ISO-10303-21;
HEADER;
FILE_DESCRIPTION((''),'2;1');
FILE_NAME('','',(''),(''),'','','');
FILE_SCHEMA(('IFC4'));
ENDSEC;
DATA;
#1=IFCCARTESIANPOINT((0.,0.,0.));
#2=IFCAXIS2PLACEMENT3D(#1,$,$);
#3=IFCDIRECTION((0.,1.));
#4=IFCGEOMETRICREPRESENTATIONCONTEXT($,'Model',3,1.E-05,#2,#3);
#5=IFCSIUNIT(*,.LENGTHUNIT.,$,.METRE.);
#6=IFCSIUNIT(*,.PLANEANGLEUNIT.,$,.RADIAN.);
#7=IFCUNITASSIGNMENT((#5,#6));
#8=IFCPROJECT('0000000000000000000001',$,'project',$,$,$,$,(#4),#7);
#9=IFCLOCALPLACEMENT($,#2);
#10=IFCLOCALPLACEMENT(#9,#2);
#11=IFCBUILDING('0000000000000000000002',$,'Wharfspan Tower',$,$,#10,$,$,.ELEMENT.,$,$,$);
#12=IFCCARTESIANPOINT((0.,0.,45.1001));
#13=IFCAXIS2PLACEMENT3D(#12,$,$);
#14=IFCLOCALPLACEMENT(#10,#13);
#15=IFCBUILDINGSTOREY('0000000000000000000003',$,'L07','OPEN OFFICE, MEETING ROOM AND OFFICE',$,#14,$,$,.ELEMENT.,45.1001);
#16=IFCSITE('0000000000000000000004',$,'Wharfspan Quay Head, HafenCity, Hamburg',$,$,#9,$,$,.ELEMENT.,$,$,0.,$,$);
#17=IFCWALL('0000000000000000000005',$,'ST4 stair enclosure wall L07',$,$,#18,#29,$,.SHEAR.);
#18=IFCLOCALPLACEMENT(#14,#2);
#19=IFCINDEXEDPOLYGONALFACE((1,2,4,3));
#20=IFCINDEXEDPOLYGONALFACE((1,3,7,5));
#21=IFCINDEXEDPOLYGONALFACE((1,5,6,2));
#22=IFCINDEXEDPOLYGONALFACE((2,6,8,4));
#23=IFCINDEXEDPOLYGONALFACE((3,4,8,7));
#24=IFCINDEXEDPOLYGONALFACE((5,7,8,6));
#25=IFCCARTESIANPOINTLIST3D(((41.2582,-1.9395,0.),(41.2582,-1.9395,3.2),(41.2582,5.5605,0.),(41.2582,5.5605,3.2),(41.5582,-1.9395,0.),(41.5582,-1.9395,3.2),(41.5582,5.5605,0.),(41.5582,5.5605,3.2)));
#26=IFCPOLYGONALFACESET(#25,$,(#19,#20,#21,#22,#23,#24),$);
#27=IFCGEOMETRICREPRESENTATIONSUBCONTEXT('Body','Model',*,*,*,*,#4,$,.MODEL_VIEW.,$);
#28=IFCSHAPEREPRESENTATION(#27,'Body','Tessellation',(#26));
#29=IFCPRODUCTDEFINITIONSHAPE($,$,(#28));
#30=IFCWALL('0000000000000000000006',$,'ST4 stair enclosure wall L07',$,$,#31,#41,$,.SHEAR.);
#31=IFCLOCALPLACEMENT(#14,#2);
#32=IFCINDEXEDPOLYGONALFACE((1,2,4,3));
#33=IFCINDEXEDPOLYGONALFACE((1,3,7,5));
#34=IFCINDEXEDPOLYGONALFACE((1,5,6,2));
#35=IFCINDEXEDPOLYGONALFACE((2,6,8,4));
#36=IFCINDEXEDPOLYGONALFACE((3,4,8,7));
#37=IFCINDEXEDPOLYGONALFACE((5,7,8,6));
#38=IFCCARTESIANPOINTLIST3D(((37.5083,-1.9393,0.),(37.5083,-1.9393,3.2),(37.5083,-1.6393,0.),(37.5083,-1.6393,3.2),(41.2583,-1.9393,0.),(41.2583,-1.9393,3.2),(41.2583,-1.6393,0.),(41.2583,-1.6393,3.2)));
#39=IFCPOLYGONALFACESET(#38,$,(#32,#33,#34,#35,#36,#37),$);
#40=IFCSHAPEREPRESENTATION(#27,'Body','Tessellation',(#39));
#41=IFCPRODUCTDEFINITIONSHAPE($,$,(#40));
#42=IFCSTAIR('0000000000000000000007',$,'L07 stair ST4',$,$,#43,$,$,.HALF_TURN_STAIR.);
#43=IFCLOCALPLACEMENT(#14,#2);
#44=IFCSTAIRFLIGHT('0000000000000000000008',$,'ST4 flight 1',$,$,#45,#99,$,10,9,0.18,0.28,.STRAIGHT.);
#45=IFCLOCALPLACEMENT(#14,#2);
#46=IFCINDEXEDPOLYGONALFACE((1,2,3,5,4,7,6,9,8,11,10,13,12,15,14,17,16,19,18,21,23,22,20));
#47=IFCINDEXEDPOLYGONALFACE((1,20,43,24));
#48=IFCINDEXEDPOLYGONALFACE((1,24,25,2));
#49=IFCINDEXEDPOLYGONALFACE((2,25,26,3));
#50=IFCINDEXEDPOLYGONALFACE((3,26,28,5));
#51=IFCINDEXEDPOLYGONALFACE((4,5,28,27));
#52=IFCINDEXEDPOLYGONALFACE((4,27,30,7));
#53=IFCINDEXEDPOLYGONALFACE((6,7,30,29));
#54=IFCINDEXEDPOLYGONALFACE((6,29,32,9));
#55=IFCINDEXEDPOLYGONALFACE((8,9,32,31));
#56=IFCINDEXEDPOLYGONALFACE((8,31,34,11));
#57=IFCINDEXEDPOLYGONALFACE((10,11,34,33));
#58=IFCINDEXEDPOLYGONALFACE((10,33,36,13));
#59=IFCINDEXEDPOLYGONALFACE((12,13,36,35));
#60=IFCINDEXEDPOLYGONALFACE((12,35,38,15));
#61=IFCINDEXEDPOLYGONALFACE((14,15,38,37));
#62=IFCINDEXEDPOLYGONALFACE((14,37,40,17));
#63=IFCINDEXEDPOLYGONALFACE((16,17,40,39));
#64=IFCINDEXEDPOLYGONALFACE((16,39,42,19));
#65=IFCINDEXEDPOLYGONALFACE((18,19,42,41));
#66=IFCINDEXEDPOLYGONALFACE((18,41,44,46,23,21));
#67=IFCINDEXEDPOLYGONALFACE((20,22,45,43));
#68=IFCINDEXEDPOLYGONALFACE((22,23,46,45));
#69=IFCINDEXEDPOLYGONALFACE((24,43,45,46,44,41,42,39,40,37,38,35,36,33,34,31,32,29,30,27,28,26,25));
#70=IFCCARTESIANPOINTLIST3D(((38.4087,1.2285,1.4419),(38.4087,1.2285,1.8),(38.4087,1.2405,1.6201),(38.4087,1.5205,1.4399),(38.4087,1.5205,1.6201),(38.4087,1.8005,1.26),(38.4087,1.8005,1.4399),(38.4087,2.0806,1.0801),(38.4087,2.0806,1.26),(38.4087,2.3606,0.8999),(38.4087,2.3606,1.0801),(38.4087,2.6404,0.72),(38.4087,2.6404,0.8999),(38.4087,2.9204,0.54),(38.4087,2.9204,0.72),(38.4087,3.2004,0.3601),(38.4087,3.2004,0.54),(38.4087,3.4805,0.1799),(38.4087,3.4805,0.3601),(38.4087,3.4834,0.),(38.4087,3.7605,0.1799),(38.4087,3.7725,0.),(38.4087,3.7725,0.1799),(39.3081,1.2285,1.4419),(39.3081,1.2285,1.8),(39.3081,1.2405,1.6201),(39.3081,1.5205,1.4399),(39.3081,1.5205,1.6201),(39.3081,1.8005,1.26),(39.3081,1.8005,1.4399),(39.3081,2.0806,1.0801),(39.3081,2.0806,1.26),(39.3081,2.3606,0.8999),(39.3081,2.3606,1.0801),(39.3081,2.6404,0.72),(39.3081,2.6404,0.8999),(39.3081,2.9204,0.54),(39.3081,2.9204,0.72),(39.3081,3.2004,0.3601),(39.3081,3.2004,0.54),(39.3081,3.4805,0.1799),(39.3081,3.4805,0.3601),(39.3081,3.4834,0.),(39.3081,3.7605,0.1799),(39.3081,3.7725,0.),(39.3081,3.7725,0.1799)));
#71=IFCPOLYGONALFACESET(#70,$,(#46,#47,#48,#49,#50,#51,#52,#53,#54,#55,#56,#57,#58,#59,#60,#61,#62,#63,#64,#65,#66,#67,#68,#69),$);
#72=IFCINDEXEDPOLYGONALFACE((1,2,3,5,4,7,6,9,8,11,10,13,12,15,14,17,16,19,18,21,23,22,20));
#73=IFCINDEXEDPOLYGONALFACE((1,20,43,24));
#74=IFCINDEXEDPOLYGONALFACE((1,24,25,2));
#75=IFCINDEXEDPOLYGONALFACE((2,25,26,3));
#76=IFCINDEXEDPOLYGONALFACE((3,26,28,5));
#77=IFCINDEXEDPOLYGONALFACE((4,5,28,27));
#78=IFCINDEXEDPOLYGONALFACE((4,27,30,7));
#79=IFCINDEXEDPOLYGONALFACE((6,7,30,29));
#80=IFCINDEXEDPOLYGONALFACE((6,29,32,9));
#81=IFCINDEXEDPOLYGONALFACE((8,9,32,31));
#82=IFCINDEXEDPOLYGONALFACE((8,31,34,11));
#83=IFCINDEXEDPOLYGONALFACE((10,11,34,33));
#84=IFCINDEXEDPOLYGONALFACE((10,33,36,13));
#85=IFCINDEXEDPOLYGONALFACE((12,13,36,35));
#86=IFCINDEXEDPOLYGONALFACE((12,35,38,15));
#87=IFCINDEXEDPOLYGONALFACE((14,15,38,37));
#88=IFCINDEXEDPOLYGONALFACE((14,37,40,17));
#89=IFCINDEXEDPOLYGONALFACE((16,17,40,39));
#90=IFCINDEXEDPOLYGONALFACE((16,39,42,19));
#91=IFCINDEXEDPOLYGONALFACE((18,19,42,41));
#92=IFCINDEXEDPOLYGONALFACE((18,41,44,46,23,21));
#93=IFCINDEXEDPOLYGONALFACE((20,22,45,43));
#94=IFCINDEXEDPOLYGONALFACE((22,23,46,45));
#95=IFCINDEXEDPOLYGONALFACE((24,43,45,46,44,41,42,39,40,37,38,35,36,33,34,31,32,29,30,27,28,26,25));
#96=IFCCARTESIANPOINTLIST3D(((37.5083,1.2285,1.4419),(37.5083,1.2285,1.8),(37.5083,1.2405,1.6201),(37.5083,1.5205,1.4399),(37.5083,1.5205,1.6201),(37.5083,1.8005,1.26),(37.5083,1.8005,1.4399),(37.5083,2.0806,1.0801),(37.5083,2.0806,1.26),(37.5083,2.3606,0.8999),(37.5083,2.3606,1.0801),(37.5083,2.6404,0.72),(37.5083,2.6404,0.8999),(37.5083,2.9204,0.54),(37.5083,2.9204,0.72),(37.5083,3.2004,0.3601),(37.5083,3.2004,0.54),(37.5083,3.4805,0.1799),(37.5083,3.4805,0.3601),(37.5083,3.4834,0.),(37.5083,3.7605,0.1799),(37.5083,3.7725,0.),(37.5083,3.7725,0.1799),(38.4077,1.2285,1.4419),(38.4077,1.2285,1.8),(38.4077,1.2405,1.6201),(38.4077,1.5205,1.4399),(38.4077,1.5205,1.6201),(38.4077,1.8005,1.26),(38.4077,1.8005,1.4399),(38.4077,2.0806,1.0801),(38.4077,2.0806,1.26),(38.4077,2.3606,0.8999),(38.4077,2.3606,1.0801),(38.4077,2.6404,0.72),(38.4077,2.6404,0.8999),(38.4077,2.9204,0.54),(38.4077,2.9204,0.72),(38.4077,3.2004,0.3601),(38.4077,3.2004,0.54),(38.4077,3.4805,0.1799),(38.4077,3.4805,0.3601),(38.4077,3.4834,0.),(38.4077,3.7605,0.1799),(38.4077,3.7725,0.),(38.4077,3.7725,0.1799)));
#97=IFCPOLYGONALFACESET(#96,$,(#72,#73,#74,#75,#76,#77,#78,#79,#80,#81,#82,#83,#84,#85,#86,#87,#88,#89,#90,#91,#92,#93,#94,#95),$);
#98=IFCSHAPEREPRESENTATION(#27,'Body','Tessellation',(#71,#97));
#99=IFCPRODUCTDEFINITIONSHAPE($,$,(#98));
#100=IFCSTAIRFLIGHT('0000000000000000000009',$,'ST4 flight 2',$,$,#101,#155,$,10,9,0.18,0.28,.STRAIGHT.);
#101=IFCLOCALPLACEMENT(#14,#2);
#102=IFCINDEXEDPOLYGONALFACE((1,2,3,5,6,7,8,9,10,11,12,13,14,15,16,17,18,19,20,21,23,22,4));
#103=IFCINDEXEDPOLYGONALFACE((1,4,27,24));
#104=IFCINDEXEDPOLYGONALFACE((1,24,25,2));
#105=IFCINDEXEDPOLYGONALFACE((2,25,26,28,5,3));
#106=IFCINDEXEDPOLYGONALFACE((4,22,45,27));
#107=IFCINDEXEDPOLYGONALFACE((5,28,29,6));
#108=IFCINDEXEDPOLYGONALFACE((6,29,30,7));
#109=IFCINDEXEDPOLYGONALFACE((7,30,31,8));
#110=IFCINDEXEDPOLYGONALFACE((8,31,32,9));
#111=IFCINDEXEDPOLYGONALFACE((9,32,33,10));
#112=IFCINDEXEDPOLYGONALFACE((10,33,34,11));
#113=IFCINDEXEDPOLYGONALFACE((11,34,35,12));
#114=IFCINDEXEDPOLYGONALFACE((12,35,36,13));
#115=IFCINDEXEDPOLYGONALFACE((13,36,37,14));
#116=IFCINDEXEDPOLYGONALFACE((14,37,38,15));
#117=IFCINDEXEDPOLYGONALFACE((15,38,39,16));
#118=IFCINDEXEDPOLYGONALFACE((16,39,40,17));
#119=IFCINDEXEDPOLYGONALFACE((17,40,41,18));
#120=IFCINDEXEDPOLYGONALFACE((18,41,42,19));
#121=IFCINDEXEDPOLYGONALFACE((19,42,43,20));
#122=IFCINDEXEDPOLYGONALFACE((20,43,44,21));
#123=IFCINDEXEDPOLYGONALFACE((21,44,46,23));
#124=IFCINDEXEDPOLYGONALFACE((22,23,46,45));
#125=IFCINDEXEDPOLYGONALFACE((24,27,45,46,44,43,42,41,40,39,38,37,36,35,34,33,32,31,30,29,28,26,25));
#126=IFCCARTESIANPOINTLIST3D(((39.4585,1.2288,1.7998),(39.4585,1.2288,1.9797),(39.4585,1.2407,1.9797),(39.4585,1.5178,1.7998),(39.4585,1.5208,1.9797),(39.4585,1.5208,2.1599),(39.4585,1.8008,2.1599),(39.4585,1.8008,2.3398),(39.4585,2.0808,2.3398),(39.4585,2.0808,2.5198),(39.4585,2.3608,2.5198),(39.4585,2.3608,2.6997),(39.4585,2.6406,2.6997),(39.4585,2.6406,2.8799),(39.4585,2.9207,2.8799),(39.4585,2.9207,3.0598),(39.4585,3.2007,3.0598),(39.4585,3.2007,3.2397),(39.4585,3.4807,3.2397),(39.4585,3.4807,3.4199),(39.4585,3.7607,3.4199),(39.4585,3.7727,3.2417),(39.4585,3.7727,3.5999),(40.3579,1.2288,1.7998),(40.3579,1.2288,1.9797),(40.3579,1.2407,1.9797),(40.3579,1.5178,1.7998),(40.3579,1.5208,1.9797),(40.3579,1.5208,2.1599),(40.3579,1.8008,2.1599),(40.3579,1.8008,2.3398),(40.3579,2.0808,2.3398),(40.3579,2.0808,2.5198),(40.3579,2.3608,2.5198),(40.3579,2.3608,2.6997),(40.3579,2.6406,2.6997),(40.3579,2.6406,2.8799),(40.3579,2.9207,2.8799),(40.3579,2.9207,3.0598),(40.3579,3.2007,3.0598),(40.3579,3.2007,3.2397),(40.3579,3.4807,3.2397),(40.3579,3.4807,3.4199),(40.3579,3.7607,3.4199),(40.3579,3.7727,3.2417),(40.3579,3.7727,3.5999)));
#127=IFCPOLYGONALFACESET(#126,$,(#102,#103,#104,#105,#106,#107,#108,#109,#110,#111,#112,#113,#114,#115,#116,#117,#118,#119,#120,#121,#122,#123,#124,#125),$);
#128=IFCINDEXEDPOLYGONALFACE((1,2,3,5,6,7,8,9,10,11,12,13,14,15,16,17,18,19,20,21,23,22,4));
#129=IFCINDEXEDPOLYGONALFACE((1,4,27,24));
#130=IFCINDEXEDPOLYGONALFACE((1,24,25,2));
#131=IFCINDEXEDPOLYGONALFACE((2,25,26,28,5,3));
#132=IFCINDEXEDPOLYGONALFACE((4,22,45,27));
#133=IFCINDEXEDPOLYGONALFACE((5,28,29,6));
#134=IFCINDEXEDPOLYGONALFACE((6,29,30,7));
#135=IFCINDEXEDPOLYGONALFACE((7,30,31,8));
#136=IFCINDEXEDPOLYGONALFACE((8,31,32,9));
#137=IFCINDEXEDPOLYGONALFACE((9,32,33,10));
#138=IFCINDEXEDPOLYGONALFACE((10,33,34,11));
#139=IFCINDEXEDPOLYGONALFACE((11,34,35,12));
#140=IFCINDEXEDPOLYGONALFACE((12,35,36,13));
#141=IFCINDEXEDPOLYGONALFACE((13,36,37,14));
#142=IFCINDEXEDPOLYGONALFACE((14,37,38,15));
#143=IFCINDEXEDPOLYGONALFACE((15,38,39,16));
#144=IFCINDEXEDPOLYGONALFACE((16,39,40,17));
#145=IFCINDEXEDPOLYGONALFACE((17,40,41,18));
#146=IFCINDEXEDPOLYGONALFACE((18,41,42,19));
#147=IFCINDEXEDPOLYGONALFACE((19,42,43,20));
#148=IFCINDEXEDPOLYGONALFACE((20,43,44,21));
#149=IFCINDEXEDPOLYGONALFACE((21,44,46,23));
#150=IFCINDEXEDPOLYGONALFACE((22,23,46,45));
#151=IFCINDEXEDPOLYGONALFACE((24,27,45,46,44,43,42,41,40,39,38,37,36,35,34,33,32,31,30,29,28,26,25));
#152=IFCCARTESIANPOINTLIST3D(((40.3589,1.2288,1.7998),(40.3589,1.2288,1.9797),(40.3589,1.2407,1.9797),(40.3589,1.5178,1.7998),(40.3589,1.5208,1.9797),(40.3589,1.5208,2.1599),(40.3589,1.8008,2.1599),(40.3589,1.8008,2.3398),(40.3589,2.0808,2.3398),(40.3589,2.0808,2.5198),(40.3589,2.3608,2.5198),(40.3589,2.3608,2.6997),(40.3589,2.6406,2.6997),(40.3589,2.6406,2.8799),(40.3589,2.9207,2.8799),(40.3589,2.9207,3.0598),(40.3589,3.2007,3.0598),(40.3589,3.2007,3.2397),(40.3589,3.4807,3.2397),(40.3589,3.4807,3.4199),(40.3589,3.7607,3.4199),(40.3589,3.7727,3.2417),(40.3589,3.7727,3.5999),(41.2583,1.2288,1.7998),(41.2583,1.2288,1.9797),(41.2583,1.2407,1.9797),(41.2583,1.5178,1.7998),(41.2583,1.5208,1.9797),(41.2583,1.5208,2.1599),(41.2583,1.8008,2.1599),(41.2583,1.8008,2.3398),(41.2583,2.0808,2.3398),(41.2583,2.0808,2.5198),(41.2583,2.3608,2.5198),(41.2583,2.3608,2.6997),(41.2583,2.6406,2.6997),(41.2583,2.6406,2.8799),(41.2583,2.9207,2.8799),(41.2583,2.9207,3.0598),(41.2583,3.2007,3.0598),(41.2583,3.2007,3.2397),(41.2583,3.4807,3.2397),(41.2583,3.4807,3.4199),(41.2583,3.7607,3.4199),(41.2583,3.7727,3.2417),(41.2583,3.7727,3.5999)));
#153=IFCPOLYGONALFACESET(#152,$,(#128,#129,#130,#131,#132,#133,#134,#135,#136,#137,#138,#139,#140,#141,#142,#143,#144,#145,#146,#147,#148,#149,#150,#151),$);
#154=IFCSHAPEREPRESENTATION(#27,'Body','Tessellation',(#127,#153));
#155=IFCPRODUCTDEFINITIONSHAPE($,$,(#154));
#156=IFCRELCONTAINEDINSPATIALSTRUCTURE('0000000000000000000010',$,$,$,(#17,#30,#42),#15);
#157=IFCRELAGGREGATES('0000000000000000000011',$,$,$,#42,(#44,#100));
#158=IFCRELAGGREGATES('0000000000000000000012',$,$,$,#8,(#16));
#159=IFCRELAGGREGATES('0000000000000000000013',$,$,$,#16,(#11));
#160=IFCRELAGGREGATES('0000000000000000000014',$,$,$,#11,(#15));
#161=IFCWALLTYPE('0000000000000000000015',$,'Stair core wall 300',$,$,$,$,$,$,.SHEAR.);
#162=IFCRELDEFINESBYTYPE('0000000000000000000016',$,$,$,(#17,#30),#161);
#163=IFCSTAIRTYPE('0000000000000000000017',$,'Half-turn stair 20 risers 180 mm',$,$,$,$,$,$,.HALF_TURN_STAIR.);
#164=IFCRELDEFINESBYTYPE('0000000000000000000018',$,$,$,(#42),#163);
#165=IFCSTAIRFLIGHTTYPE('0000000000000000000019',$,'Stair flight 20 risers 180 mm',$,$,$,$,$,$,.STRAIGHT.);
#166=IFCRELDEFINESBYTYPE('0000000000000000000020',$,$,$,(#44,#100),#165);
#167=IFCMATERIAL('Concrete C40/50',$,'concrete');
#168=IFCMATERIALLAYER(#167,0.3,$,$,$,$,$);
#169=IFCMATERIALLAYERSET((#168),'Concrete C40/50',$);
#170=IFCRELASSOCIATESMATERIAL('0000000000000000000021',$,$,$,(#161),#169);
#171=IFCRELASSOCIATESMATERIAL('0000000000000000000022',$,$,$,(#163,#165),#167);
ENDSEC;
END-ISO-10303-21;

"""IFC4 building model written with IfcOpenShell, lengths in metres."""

from ifc_helpers import new_model, si_unit, direction, frame, frame_2d, origin, place, context, subcontext, project, spatial, polyline, rectangle, outline, extrude, material, layer, layer_set, type_object, element, aggregate, save


model = new_model("IFC4")

# Units and contexts
model_context = context("Model", 3, precision=1e-05, world=origin(), true_north=direction((0.0, 1.0)))
body_context = subcontext(model_context, "Body", "Model", "MODEL_VIEW")
ifc_project = project(units=[si_unit("LENGTHUNIT", "METRE"), si_unit("PLANEANGLEUNIT", "RADIAN")], contexts=[model_context])

# Site, building, storey
site_placement = place(None, origin())
site = spatial("IfcSite", under=ifc_project, at=site_placement, Name="Wharfspan Quay Head, HafenCity, Hamburg", CompositionType="ELEMENT", RefElevation=0.0)
building_placement = place(site_placement, origin())
building = spatial("IfcBuilding", under=site, at=building_placement, Name="Wharfspan Tower", CompositionType="ELEMENT")
storey_placement = place(building_placement, frame((0.0, 0.0, 45.1001)))
storey = spatial("IfcBuildingStorey", under=building, at=storey_placement, Name="L07", Description="OPEN OFFICE, MEETING ROOM AND OFFICE", CompositionType="ELEMENT", Elevation=45.1001)

# Walls
ifc_material_1 = material(Name="Concrete C40/50", Category="concrete")
ifc_layer_1 = layer(ifc_material_1, 0.3)
ifc_layer_set_1 = layer_set([ifc_layer_1], Name="Concrete C40/50")
wall_type_1 = type_object("IfcWallType", Name="Stair core wall 300", PredefinedType="SHEAR", material=ifc_layer_set_1)
for number, where, z_axis, x_axis, name in (
    (1, (41.4082, -1.9395, 0.0), (0.0, 0.0, 1.0), (0.0, 1.0, 0.0), "ST4 stair enclosure wall L07"),
):
    element("IfcWall", number, at=place(storey_placement, frame(where, z_axis=z_axis, x_axis=x_axis)), inside=storey, type_object=wall_type_1, Name=name, PredefinedType="SHEAR", context=body_context, shape_type="SweptSolid", body=[
        extrude(rectangle(XDim=7.5, YDim=0.3, at=frame_2d((3.75, 0.0))), origin(), (0.0, 0.0, 1.0), 3.2),
    ])
wall_1_placement = place(storey_placement, frame((37.5083, -1.7893, 0.0), z_axis=(0.0, 0.0, 1.0), x_axis=(1.0, 0.0, 0.0)))
element("IfcWall", 2, at=wall_1_placement, inside=storey, type_object=wall_type_1, Name="ST4 stair enclosure wall L07", PredefinedType="SHEAR", context=body_context, shape_type="SweptSolid", body=[
    extrude(rectangle(XDim=3.75, YDim=0.3, at=frame_2d((1.875, 0.0))), origin(), (0.0, 0.0, 1.0), 3.2),
])

# Stair, stair flights
stair_type = type_object("IfcStairType", Name="Half-turn stair 20 risers 180 mm", PredefinedType="HALF_TURN_STAIR", material=ifc_material_1)
stair_placement = place(storey_placement, origin())
stair = element("IfcStair", 3, at=stair_placement, inside=storey, type_object=stair_type, Name="L07 stair ST4", PredefinedType="HALF_TURN_STAIR")
stair_flight_type = type_object("IfcStairFlightType", Name="Stair flight 20 risers 180 mm", PredefinedType="STRAIGHT", material=ifc_material_1)
stair_flight_1_placement = place(storey_placement, frame((38.4082, 3.7605, 0.0), z_axis=(0.0, 0.0, 1.0), x_axis=(0.0, -1.0, 0.0)))
stair_flight_1 = element("IfcStairFlight", 4, at=stair_flight_1_placement, type_object=stair_flight_type, Name="ST4 flight 1", NumberOfRisers=10, NumberOfTreads=9, PredefinedType="STRAIGHT", RiserHeight=0.18, TreadLength=0.28, context=body_context, shape_type="SweptSolid", body=[
    extrude(outline(polyline([(-0.012, 0.0), (-0.012, 0.1799), (0.0, 0.1799), (0.28, 0.1799), (0.28, 0.3601), (0.5601, 0.3601), (0.5601, 0.54), (0.8401, 0.54), (0.8401, 0.72), (1.1201, 0.72), (1.1201, 0.8999), (1.3999, 0.8999), (1.3999, 1.0801), (1.6799, 1.0801), (1.6799, 1.26), (1.96, 1.26), (1.96, 1.4399), (2.24, 1.4399), (2.24, 1.6201), (2.52, 1.6201), (2.532, 1.8), (2.532, 1.4419), (0.2771, 0.0), (-0.012, 0.0)])), frame((0.0, 0.8999, 0.0), z_axis=(0.0, -1.0, 0.0), x_axis=(1.0, 0.0, 0.0)), (0.0, 0.0, 1.0), 0.8994),
    extrude(outline(polyline([(-0.012, 0.0), (-0.012, 0.1799), (0.0, 0.1799), (0.28, 0.1799), (0.28, 0.3601), (0.5601, 0.3601), (0.5601, 0.54), (0.8401, 0.54), (0.8401, 0.72), (1.1201, 0.72), (1.1201, 0.8999), (1.3999, 0.8999), (1.3999, 1.0801), (1.6799, 1.0801), (1.6799, 1.26), (1.96, 1.26), (1.96, 1.4399), (2.24, 1.4399), (2.24, 1.6201), (2.52, 1.6201), (2.532, 1.8), (2.532, 1.4419), (0.2771, 0.0), (-0.012, 0.0)])), frame((0.0, -0.0005, 0.0), z_axis=(0.0, -1.0, 0.0), x_axis=(1.0, 0.0, 0.0)), (0.0, 0.0, 1.0), 0.8994),
])
stair_flight_2_placement = place(storey_placement, frame((40.3584, 1.2407, 1.7998), z_axis=(0.0, 0.0, 1.0), x_axis=(0.0, 1.0, 0.0)))
stair_flight_2 = element("IfcStairFlight", 5, at=stair_flight_2_placement, type_object=stair_flight_type, Name="ST4 flight 2", NumberOfRisers=10, NumberOfTreads=9, PredefinedType="STRAIGHT", RiserHeight=0.18, TreadLength=0.28, context=body_context, shape_type="SweptSolid", body=[
    extrude(outline(polyline([(-0.012, 0.0), (-0.012, 0.1799), (0.0, 0.1799), (0.28, 0.1799), (0.28, 0.3601), (0.5601, 0.3601), (0.5601, 0.54), (0.8401, 0.54), (0.8401, 0.72), (1.1201, 0.72), (1.1201, 0.8999), (1.3999, 0.8999), (1.3999, 1.0801), (1.6799, 1.0801), (1.6799, 1.26), (1.96, 1.26), (1.96, 1.4399), (2.24, 1.4399), (2.24, 1.6201), (2.52, 1.6201), (2.532, 1.8), (2.532, 1.4419), (0.2771, 0.0), (-0.012, 0.0)])), frame((0.0, 0.8999, 0.0), z_axis=(0.0, -1.0, 0.0), x_axis=(1.0, 0.0, 0.0)), (0.0, 0.0, 1.0), 0.8994),
    extrude(outline(polyline([(-0.012, 0.0), (-0.012, 0.1799), (0.0, 0.1799), (0.28, 0.1799), (0.28, 0.3601), (0.5601, 0.3601), (0.5601, 0.54), (0.8401, 0.54), (0.8401, 0.72), (1.1201, 0.72), (1.1201, 0.8999), (1.3999, 0.8999), (1.3999, 1.0801), (1.6799, 1.0801), (1.6799, 1.26), (1.96, 1.26), (1.96, 1.4399), (2.24, 1.4399), (2.24, 1.6201), (2.52, 1.6201), (2.532, 1.8), (2.532, 1.4419), (0.2771, 0.0), (-0.012, 0.0)])), frame((0.0, -0.0005, 0.0), z_axis=(0.0, -1.0, 0.0), x_axis=(1.0, 0.0, 0.0)), (0.0, 0.0, 1.0), 0.8994),
])
aggregate(stair, [stair_flight_1, stair_flight_2])

save(model, "model.ifc")
